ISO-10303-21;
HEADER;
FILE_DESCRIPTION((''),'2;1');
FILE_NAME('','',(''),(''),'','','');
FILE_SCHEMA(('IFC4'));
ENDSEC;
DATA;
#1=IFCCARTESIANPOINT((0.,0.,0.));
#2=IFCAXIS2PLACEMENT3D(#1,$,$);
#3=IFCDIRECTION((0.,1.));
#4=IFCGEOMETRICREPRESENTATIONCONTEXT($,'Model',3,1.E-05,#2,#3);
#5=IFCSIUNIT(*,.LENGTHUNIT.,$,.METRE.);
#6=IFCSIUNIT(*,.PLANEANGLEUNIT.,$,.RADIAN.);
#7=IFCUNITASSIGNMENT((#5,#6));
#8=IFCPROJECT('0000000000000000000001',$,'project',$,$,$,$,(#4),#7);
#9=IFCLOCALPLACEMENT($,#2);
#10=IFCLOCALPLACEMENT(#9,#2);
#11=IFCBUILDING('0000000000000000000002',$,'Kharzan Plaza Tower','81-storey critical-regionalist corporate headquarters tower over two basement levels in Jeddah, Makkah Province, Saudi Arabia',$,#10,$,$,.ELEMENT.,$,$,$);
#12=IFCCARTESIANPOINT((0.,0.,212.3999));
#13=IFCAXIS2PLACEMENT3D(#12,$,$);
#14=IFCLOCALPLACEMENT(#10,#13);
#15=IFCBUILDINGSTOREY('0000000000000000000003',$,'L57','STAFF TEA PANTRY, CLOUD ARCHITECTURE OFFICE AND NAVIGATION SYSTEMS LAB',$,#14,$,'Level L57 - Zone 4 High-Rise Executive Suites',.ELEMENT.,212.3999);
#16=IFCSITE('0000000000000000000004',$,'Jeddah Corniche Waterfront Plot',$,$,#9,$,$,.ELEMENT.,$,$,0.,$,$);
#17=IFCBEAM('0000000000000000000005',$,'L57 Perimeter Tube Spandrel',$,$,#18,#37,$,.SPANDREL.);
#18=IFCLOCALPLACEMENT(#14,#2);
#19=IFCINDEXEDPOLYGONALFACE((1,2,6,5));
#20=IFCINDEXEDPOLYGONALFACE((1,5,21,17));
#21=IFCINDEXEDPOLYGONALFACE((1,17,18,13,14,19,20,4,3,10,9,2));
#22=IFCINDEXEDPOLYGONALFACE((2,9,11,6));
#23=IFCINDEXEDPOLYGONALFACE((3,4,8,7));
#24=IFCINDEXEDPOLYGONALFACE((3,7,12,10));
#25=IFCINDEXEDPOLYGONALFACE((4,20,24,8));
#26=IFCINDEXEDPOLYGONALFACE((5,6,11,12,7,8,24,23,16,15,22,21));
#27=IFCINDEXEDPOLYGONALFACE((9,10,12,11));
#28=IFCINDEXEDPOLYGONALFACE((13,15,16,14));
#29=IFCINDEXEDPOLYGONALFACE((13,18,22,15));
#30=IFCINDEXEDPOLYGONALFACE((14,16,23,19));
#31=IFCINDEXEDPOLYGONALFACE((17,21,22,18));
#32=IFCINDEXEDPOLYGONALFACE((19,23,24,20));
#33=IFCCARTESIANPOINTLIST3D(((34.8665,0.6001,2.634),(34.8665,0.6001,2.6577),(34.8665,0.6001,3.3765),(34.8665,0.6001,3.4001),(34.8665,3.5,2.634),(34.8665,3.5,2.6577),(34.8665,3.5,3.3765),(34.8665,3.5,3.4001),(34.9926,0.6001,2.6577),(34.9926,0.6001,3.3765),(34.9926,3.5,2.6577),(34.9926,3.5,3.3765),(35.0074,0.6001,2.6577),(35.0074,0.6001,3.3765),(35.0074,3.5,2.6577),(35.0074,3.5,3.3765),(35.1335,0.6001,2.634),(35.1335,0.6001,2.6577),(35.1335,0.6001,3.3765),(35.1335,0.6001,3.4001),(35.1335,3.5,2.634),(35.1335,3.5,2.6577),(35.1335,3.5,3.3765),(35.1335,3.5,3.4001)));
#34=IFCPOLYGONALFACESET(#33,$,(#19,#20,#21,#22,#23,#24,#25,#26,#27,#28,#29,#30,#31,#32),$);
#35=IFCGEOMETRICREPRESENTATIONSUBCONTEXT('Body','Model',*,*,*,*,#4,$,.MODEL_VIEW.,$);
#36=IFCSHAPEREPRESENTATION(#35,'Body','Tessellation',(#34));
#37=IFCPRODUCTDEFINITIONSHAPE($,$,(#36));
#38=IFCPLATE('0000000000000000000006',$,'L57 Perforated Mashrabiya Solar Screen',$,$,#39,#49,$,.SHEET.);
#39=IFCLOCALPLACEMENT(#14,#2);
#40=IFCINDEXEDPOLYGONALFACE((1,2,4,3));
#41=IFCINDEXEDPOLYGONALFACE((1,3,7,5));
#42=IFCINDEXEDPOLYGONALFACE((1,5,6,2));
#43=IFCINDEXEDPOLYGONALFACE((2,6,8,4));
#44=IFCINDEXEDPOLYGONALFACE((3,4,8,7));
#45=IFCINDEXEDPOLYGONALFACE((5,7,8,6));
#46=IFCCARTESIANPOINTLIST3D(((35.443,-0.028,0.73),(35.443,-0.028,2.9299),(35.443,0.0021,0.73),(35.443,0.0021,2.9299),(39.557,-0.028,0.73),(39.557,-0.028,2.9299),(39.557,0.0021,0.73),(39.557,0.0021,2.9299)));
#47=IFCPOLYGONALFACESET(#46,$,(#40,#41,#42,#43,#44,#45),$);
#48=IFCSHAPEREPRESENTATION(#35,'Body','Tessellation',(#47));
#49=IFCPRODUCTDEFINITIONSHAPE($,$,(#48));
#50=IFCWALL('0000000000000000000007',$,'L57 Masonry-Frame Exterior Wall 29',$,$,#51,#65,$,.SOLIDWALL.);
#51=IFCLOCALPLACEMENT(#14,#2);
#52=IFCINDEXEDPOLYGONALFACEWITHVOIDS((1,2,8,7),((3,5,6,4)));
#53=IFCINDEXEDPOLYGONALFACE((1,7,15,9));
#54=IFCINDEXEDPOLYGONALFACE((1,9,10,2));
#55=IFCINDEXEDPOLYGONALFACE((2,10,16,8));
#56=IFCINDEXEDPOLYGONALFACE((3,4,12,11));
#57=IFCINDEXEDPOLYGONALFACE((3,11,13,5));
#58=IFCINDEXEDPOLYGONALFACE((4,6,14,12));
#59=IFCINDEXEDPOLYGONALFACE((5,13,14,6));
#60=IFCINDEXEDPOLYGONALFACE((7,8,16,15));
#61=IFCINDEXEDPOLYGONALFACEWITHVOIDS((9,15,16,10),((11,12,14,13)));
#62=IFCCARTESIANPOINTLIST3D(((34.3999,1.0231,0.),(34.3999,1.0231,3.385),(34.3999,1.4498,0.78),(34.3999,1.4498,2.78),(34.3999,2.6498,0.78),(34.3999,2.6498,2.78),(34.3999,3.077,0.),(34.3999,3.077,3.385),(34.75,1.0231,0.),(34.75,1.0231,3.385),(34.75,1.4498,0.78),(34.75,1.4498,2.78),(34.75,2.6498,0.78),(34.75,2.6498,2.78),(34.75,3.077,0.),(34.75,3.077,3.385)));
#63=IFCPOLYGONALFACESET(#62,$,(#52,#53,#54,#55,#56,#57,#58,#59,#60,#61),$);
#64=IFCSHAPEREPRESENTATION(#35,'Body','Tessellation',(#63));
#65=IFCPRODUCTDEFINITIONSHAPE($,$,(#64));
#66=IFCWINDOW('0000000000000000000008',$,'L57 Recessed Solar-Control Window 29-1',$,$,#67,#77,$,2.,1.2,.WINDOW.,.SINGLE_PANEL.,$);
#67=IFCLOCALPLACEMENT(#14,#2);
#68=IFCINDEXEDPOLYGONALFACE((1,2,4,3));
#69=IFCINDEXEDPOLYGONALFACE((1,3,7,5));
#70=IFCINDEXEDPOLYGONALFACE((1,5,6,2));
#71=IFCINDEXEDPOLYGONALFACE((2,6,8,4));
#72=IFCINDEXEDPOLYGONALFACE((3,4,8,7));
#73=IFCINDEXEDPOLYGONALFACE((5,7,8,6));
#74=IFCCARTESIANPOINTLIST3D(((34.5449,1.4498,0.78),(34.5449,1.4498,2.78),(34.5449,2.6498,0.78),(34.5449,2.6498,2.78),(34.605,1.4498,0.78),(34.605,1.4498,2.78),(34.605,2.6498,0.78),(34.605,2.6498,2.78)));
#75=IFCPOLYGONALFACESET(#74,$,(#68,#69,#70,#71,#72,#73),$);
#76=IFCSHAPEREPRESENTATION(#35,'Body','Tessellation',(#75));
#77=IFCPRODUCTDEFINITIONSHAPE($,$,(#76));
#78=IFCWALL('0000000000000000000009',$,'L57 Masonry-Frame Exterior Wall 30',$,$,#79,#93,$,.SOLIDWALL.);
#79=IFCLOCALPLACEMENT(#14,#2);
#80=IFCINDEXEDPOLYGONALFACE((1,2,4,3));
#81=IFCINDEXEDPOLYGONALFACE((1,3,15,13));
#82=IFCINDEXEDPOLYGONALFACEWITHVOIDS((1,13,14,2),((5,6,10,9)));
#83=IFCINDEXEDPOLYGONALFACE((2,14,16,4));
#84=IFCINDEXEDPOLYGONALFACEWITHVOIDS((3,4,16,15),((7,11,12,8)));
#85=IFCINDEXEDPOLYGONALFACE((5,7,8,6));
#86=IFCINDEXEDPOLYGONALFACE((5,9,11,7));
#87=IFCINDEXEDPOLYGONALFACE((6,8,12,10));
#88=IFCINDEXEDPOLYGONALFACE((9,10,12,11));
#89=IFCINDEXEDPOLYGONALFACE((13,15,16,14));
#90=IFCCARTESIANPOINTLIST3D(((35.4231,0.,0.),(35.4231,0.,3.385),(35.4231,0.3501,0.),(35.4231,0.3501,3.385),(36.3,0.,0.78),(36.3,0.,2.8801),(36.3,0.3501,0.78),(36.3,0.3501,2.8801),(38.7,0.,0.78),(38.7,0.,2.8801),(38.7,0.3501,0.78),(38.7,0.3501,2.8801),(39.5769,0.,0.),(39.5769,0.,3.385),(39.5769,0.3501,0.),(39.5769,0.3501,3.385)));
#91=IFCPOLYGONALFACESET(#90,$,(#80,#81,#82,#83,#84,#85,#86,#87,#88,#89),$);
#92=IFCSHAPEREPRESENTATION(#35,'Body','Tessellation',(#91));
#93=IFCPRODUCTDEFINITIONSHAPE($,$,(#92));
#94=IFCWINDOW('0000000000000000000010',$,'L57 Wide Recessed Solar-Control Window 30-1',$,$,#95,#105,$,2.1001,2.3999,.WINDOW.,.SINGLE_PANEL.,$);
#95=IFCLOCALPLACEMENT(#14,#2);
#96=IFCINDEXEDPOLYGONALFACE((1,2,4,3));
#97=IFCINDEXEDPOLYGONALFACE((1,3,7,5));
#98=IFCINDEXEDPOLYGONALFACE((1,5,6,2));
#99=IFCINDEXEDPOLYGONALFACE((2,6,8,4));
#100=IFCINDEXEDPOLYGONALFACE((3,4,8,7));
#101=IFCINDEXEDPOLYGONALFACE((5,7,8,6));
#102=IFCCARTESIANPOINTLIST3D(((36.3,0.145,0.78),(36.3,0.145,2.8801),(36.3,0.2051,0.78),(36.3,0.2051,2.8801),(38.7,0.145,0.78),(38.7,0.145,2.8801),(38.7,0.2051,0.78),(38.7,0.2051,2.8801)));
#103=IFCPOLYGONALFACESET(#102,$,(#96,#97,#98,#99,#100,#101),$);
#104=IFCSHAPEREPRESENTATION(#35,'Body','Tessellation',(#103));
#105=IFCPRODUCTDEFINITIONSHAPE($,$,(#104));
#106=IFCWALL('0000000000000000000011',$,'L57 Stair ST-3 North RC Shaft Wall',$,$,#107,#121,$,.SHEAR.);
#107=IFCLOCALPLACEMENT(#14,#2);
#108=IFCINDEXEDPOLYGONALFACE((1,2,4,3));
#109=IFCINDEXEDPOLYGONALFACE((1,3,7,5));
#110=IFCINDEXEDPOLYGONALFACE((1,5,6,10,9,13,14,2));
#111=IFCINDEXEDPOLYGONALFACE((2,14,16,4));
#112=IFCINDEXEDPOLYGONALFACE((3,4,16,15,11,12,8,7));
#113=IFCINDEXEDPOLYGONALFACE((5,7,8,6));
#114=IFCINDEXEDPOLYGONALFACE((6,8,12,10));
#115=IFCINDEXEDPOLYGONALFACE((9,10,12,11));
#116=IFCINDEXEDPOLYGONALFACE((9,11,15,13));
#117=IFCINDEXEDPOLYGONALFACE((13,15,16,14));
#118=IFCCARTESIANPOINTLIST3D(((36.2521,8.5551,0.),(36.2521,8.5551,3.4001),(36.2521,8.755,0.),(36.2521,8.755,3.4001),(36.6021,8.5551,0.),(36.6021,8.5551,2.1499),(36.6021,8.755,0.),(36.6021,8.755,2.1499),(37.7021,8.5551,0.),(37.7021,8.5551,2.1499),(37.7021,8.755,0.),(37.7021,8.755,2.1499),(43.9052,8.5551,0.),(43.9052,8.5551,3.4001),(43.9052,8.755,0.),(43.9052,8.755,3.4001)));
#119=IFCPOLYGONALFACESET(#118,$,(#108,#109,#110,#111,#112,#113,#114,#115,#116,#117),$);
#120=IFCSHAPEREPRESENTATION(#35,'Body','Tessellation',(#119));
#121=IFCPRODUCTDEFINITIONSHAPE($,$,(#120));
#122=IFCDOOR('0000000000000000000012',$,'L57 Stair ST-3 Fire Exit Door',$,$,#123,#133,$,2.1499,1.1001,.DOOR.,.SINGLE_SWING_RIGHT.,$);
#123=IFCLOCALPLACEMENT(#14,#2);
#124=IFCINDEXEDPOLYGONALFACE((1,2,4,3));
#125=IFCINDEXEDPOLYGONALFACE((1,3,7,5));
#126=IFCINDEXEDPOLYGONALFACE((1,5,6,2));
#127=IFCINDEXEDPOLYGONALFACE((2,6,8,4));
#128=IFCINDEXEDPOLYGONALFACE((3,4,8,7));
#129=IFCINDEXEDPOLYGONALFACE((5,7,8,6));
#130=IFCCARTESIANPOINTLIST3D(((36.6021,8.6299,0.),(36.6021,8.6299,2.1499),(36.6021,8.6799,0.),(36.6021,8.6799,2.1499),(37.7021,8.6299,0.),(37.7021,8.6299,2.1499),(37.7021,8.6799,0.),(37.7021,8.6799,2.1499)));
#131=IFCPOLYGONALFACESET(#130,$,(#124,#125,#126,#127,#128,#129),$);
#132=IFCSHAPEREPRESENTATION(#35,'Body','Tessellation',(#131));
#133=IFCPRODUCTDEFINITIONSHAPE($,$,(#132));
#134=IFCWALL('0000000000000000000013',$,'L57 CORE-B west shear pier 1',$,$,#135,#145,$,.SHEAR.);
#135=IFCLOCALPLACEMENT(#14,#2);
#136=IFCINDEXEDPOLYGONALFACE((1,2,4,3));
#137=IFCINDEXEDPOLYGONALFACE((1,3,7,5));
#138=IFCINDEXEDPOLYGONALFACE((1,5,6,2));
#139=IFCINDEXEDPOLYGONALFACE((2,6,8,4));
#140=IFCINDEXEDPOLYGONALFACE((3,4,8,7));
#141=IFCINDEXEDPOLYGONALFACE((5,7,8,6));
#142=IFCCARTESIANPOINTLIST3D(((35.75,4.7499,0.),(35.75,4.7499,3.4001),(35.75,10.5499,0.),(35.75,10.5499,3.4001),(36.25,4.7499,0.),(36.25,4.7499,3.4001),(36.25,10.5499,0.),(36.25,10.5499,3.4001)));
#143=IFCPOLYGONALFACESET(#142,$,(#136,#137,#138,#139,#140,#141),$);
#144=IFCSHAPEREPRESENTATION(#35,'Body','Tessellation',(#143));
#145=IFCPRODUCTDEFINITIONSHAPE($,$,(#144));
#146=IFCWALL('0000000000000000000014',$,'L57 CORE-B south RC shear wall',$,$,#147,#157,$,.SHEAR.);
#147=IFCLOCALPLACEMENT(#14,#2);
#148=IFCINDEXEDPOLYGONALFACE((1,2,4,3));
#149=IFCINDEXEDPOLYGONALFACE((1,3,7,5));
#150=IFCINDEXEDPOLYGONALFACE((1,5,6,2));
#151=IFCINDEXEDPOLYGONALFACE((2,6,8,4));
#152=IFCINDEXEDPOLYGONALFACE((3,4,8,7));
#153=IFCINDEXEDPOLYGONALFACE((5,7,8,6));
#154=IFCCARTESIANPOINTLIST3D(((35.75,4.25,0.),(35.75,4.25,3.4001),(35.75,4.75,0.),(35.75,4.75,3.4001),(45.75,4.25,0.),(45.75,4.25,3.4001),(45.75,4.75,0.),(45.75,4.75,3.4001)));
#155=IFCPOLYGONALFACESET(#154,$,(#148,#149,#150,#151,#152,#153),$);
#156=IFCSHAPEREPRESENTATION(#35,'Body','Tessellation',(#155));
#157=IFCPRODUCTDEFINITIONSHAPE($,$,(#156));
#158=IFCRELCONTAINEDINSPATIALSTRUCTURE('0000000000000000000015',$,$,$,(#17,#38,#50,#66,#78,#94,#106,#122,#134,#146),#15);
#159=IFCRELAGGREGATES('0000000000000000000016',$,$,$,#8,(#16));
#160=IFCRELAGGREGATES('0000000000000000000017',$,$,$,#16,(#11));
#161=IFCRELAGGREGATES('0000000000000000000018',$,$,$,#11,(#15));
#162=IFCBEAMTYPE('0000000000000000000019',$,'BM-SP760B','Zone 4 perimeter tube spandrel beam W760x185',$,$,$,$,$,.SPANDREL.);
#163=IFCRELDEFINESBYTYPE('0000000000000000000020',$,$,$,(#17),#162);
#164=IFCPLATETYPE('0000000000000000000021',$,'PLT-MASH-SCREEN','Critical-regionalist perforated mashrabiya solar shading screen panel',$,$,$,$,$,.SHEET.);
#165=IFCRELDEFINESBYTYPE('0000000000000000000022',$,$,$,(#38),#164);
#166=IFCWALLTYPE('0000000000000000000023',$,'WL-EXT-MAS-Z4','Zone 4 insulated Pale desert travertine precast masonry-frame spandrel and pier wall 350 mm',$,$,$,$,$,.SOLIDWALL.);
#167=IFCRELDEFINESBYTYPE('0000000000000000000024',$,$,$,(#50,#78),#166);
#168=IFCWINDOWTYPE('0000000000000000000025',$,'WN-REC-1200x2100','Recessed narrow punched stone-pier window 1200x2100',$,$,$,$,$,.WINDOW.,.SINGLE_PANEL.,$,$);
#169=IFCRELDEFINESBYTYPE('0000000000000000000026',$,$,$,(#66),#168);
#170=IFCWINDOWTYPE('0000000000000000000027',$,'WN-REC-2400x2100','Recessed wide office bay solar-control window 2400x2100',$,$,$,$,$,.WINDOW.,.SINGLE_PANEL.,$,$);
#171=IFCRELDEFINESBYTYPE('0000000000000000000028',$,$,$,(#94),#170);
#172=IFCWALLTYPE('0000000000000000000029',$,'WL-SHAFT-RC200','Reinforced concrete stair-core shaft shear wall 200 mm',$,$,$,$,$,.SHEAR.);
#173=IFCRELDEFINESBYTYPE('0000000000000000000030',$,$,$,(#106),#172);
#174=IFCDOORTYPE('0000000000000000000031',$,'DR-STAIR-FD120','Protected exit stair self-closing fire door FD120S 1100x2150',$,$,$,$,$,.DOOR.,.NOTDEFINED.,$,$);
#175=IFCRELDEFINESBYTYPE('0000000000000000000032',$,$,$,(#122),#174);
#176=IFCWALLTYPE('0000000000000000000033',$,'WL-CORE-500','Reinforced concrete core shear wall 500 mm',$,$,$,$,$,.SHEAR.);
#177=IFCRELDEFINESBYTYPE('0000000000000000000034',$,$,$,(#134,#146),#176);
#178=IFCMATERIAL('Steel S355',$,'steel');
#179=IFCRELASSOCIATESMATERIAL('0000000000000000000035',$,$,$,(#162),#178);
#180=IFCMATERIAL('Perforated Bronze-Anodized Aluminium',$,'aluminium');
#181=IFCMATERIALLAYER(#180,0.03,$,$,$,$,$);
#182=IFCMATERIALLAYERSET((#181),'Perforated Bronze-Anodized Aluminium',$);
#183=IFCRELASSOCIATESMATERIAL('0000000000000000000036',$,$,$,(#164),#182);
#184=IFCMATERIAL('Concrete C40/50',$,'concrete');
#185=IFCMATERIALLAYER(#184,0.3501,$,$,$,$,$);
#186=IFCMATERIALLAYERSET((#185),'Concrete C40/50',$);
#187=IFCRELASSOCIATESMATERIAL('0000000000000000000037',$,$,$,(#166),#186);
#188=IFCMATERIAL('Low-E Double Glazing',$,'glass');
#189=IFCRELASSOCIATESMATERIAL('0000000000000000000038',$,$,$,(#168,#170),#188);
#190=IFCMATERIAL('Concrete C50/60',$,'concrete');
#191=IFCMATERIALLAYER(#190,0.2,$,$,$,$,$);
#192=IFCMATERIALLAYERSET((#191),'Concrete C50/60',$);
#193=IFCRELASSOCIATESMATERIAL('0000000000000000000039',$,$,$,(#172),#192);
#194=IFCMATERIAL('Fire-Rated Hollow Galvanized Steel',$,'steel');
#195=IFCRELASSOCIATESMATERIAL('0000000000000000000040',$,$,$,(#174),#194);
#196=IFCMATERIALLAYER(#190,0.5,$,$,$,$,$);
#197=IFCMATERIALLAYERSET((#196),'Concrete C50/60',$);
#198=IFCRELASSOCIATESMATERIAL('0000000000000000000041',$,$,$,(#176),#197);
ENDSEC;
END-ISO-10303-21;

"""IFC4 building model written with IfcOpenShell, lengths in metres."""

from ifc_helpers import new_model, si_unit, direction, frame, frame_2d, origin, origin_2d, place, context, subcontext, project, spatial, rectangle, i_section, extrude, source, transform, mapped, material, layer, layer_set, material_profile, profile_set, type_object, element, fill, save


model = new_model("IFC4")

# Units and contexts
model_context = context("Model", 3, precision=1e-05, world=origin(), true_north=direction((0.0, 1.0)))
body_context = subcontext(model_context, "Body", "Model", "MODEL_VIEW")
ifc_project = project(units=[si_unit("LENGTHUNIT", "METRE"), si_unit("PLANEANGLEUNIT", "RADIAN")], contexts=[model_context])

# Site, building, storey
site_placement = place(None, origin())
site = spatial("IfcSite", under=ifc_project, at=site_placement, Name="Jeddah Corniche Waterfront Plot", CompositionType="ELEMENT", RefElevation=0.0)
building_placement = place(site_placement, origin())
building = spatial("IfcBuilding", under=site, at=building_placement, Name="Kharzan Plaza Tower", Description="81-storey critical-regionalist corporate headquarters tower over two basement levels in Jeddah, Makkah Province, Saudi Arabia", CompositionType="ELEMENT")
storey_placement = place(building_placement, frame((0.0, 0.0, 212.3999)))
storey = spatial("IfcBuildingStorey", under=building, at=storey_placement, Name="L57", Description="STAFF TEA PANTRY, CLOUD ARCHITECTURE OFFICE AND NAVIGATION SYSTEMS LAB", LongName="Level L57 - Zone 4 High-Rise Executive Suites", CompositionType="ELEMENT", Elevation=212.3999)

# Shared definitions
ifc_material_1 = material(Name="Concrete C50/60", Category="concrete")

# Beam
ifc_material_2 = material(Name="Steel S355", Category="steel")
ifc_material_profile_1 = material_profile(ifc_material_2, i_section(OverallWidth=0.2671, OverallDepth=0.7661, WebThickness=0.0149, FlangeThickness=0.0237, at=origin_2d()), Name="W760x185")
ifc_profile_set_1 = profile_set([ifc_material_profile_1], Name="Steel S355")
beam_type_1 = type_object("IfcBeamType", Name="BM-SP760B", Description="Zone 4 perimeter tube spandrel beam W760x185", PredefinedType="SPANDREL", material=ifc_profile_set_1)
shared_shape_1 = source(origin(), body_context, "Body", "SweptSolid", [
    extrude(i_section(OverallWidth=0.2671, OverallDepth=0.7661, WebThickness=0.0149, FlangeThickness=0.0237, at=origin_2d()), origin(), (0.0, 0.0, 1.0), 2.8999),
])
beam_1_placement = place(storey_placement, frame((35.0, 0.6001, 3.0171), z_axis=(0.0, 1.0, 0.0), x_axis=(-1.0, 0.0, 0.0)))
element("IfcBeam", 1, at=beam_1_placement, inside=storey, type_object=beam_type_1, Name="L57 Perimeter Tube Spandrel", PredefinedType="SPANDREL", context=body_context, shape_type="MappedRepresentation", body=[
    mapped(shared_shape_1, transform((0.0, 0.0, 0.0), x_axis=(1.0, 0.0, 0.0), y_axis=(0.0, 1.0, 0.0), z_axis=(0.0, 0.0, 1.0))),
])

# Plate
ifc_material_3 = material(Name="Perforated Bronze-Anodized Aluminium", Category="aluminium")
ifc_layer_1 = layer(ifc_material_3, 0.03)
ifc_layer_set_1 = layer_set([ifc_layer_1], Name="Perforated Bronze-Anodized Aluminium")
plate_type = type_object("IfcPlateType", Name="PLT-MASH-SCREEN", Description="Critical-regionalist perforated mashrabiya solar shading screen panel", PredefinedType="SHEET", material=ifc_layer_set_1)
shared_shape_2 = source(origin(), body_context, "Body", "SweptSolid", [
    extrude(rectangle(XDim=4.114, YDim=0.03, at=origin_2d()), origin(), (0.0, 0.0, 1.0), 2.2),
])
plate_placement = place(storey_placement, frame((37.5, -0.0129, 0.73), z_axis=(0.0, 0.0, 1.0), x_axis=(1.0, 0.0, 0.0)))
element("IfcPlate", 2, at=plate_placement, inside=storey, type_object=plate_type, Name="L57 Perforated Mashrabiya Solar Screen", PredefinedType="SHEET", context=body_context, shape_type="MappedRepresentation", body=[
    mapped(shared_shape_2, transform((0.0, 0.0, 0.0), x_axis=(1.0, 0.0, 0.0), y_axis=(0.0, 1.0, 0.0), z_axis=(0.0, 0.0, 1.0))),
])

# Walls, openings, windows
ifc_material_4 = material(Name="Concrete C40/50", Category="concrete")
ifc_layer_2 = layer(ifc_material_4, 0.3501)
ifc_layer_set_2 = layer_set([ifc_layer_2], Name="Concrete C40/50")
wall_type_1 = type_object("IfcWallType", Name="WL-EXT-MAS-Z4", Description="Zone 4 insulated Pale desert travertine precast masonry-frame spandrel and pier wall 350 mm", PredefinedType="SOLIDWALL", material=ifc_layer_set_2)
wall_1_placement = place(storey_placement, frame((34.575, 3.0769, 0.0), z_axis=(0.0, 0.0, 1.0), x_axis=(0.0, -1.0, 0.0)))
wall_1 = element("IfcWall", 3, at=wall_1_placement, inside=storey, type_object=wall_type_1, Name="L57 Masonry-Frame Exterior Wall 29", PredefinedType="SOLIDWALL", context=body_context, shape_type="SweptSolid", body=[
    extrude(rectangle(XDim=2.054, YDim=0.3501, at=frame_2d((1.0269, 0.0))), origin(), (0.0, 0.0, 1.0), 3.385),
])
opening_1_placement = place(wall_1_placement, frame((0.427, 0.0, 0.78)))
opening_1 = element("IfcOpeningElement", 4, at=opening_1_placement, cuts=wall_1, PredefinedType="OPENING", context=body_context, shape_type="SweptSolid", body=[
    extrude(rectangle(XDim=1.2, YDim=2.0, at=frame_2d((0.6001, 1.0))), frame((0.0, 0.1851, 0.0), z_axis=(0.0, -1.0, 0.0), x_axis=(1.0, 0.0, 0.0)), (0.0, 0.0, 1.0), 0.3701),
])
ifc_material_5 = material(Name="Low-E Double Glazing", Category="glass")
window_type_1 = type_object("IfcWindowType", Name="WN-REC-1200x2100", Description="Recessed narrow punched stone-pier window 1200x2100", PartitioningType="SINGLE_PANEL", PredefinedType="WINDOW", material=ifc_material_5)
shared_shape_3 = source(origin(), body_context, "Body", "SweptSolid", [
    extrude(rectangle(XDim=1.2, YDim=2.0, at=frame_2d((0.6001, 1.0))), frame((0.0, 0.03, 0.0), z_axis=(0.0, -1.0, 0.0), x_axis=(1.0, 0.0, 0.0)), (0.0, 0.0, 1.0), 0.0601),
])
window_1_placement = place(opening_1_placement, origin())
window_1 = element("IfcWindow", 5, at=window_1_placement, inside=storey, type_object=window_type_1, Name="L57 Recessed Solar-Control Window 29-1", OverallHeight=2.0, OverallWidth=1.2, PartitioningType="SINGLE_PANEL", PredefinedType="WINDOW", context=body_context, shape_type="MappedRepresentation", body=[
    mapped(shared_shape_3, transform((0.0, 0.0, 0.0), x_axis=(1.0, 0.0, 0.0), y_axis=(0.0, 1.0, 0.0), z_axis=(0.0, 0.0, 1.0))),
])
fill(opening_1, window_1)
wall_2_placement = place(storey_placement, frame((35.4231, 0.175, 0.0), z_axis=(0.0, 0.0, 1.0), x_axis=(1.0, 0.0, 0.0)))
wall_2 = element("IfcWall", 6, at=wall_2_placement, inside=storey, type_object=wall_type_1, Name="L57 Masonry-Frame Exterior Wall 30", PredefinedType="SOLIDWALL", context=body_context, shape_type="SweptSolid", body=[
    extrude(rectangle(XDim=4.1538, YDim=0.3501, at=frame_2d((2.0769, 0.0))), origin(), (0.0, 0.0, 1.0), 3.385),
])
opening_2_placement = place(wall_2_placement, frame((0.877, 0.0, 0.78)))
opening_2 = element("IfcOpeningElement", 7, at=opening_2_placement, cuts=wall_2, PredefinedType="OPENING", context=body_context, shape_type="SweptSolid", body=[
    extrude(rectangle(XDim=2.3999, YDim=2.1001, at=frame_2d((1.2, 1.05))), frame((0.0, 0.1851, 0.0), z_axis=(0.0, -1.0, 0.0), x_axis=(1.0, 0.0, 0.0)), (0.0, 0.0, 1.0), 0.3701),
])
window_type_2 = type_object("IfcWindowType", Name="WN-REC-2400x2100", Description="Recessed wide office bay solar-control window 2400x2100", PartitioningType="SINGLE_PANEL", PredefinedType="WINDOW", material=ifc_material_5)
shared_shape_4 = source(origin(), body_context, "Body", "SweptSolid", [
    extrude(rectangle(XDim=2.3999, YDim=2.1001, at=frame_2d((1.2, 1.05))), frame((0.0, 0.03, 0.0), z_axis=(0.0, -1.0, 0.0), x_axis=(1.0, 0.0, 0.0)), (0.0, 0.0, 1.0), 0.0601),
])
window_2_placement = place(opening_2_placement, origin())
window_2 = element("IfcWindow", 8, at=window_2_placement, inside=storey, type_object=window_type_2, Name="L57 Wide Recessed Solar-Control Window 30-1", OverallHeight=2.1001, OverallWidth=2.3999, PartitioningType="SINGLE_PANEL", PredefinedType="WINDOW", context=body_context, shape_type="MappedRepresentation", body=[
    mapped(shared_shape_4, transform((0.0, 0.0, 0.0), x_axis=(1.0, 0.0, 0.0), y_axis=(0.0, 1.0, 0.0), z_axis=(0.0, 0.0, 1.0))),
])
fill(opening_2, window_2)

# Wall, opening, door
ifc_layer_3 = layer(ifc_material_1, 0.2)
ifc_layer_set_3 = layer_set([ifc_layer_3], Name="Concrete C50/60")
wall_type_2 = type_object("IfcWallType", Name="WL-SHAFT-RC200", Description="Reinforced concrete stair-core shaft shear wall 200 mm", PredefinedType="SHEAR", material=ifc_layer_set_3)
wall_3_placement = place(storey_placement, frame((36.252, 8.655, 0.0), z_axis=(0.0, 0.0, 1.0), x_axis=(1.0, 0.0, 0.0)))
wall_3 = element("IfcWall", 9, at=wall_3_placement, inside=storey, type_object=wall_type_2, Name="L57 Stair ST-3 North RC Shaft Wall", PredefinedType="SHEAR", context=body_context, shape_type="SweptSolid", body=[
    extrude(rectangle(XDim=7.6531, YDim=0.2, at=frame_2d((3.8267, 0.0))), origin(), (0.0, 0.0, 1.0), 3.4001),
])
opening_3_placement = place(wall_3_placement, frame((0.3501, 0.0, 0.0)))
opening_3 = element("IfcOpeningElement", 10, at=opening_3_placement, cuts=wall_3, PredefinedType="OPENING", context=body_context, shape_type="SweptSolid", body=[
    extrude(rectangle(XDim=1.1001, YDim=2.1499, at=frame_2d((0.55, 1.075))), frame((0.0, 0.1099, 0.0), z_axis=(0.0, -1.0, 0.0), x_axis=(1.0, 0.0, 0.0)), (0.0, 0.0, 1.0), 0.22),
])
ifc_material_6 = material(Name="Fire-Rated Hollow Galvanized Steel", Category="steel")
door_type = type_object("IfcDoorType", Name="DR-STAIR-FD120", Description="Protected exit stair self-closing fire door FD120S 1100x2150", OperationType="NOTDEFINED", PredefinedType="DOOR", material=ifc_material_6)
shared_shape_5 = source(origin(), body_context, "Body", "SweptSolid", [
    extrude(rectangle(XDim=1.1001, YDim=2.1499, at=frame_2d((0.55, 1.075))), frame((0.0, 0.0249, 0.0), z_axis=(0.0, -1.0, 0.0), x_axis=(1.0, 0.0, 0.0)), (0.0, 0.0, 1.0), 0.05),
])
door_placement = place(opening_3_placement, origin())
door = element("IfcDoor", 11, at=door_placement, inside=storey, type_object=door_type, Name="L57 Stair ST-3 Fire Exit Door", OperationType="SINGLE_SWING_RIGHT", OverallHeight=2.1499, OverallWidth=1.1001, PredefinedType="DOOR", context=body_context, shape_type="MappedRepresentation", body=[
    mapped(shared_shape_5, transform((0.0, 0.0, 0.0), x_axis=(1.0, 0.0, 0.0), y_axis=(0.0, 1.0, 0.0), z_axis=(0.0, 0.0, 1.0))),
])
fill(opening_3, door)

# Walls
ifc_layer_4 = layer(ifc_material_1, 0.5)
ifc_layer_set_4 = layer_set([ifc_layer_4], Name="Concrete C50/60")
wall_type_3 = type_object("IfcWallType", Name="WL-CORE-500", Description="Reinforced concrete core shear wall 500 mm", PredefinedType="SHEAR", material=ifc_layer_set_4)
shared_shape_6 = source(origin(), body_context, "Body", "SweptSolid", [
    extrude(rectangle(XDim=5.8, YDim=0.5, at=frame_2d((2.8999, 0.0))), origin(), (0.0, 0.0, 1.0), 3.4001),
])
wall_4_placement = place(storey_placement, frame((36.0, 4.75, 0.0), z_axis=(0.0, 0.0, 1.0), x_axis=(0.0, 1.0, 0.0)))
element("IfcWall", 12, at=wall_4_placement, inside=storey, type_object=wall_type_3, Name="L57 CORE-B west shear pier 1", PredefinedType="SHEAR", context=body_context, shape_type="MappedRepresentation", body=[
    mapped(shared_shape_6, transform((0.0, 0.0, 0.0), x_axis=(1.0, 0.0, 0.0), y_axis=(0.0, 1.0, 0.0), z_axis=(0.0, 0.0, 1.0))),
])
shared_shape_7 = source(origin(), body_context, "Body", "SweptSolid", [
    extrude(rectangle(XDim=10.0, YDim=0.5, at=frame_2d((5.0, 0.0))), origin(), (0.0, 0.0, 1.0), 3.4001),
])
wall_5_placement = place(storey_placement, frame((35.75, 4.5, 0.0), z_axis=(0.0, 0.0, 1.0), x_axis=(1.0, 0.0, 0.0)))
element("IfcWall", 13, at=wall_5_placement, inside=storey, type_object=wall_type_3, Name="L57 CORE-B south RC shear wall", PredefinedType="SHEAR", context=body_context, shape_type="MappedRepresentation", body=[
    mapped(shared_shape_7, transform((0.0, 0.0, 0.0), x_axis=(1.0, 0.0, 0.0), y_axis=(0.0, 1.0, 0.0), z_axis=(0.0, 0.0, 1.0))),
])

save(model, "model.ifc")
